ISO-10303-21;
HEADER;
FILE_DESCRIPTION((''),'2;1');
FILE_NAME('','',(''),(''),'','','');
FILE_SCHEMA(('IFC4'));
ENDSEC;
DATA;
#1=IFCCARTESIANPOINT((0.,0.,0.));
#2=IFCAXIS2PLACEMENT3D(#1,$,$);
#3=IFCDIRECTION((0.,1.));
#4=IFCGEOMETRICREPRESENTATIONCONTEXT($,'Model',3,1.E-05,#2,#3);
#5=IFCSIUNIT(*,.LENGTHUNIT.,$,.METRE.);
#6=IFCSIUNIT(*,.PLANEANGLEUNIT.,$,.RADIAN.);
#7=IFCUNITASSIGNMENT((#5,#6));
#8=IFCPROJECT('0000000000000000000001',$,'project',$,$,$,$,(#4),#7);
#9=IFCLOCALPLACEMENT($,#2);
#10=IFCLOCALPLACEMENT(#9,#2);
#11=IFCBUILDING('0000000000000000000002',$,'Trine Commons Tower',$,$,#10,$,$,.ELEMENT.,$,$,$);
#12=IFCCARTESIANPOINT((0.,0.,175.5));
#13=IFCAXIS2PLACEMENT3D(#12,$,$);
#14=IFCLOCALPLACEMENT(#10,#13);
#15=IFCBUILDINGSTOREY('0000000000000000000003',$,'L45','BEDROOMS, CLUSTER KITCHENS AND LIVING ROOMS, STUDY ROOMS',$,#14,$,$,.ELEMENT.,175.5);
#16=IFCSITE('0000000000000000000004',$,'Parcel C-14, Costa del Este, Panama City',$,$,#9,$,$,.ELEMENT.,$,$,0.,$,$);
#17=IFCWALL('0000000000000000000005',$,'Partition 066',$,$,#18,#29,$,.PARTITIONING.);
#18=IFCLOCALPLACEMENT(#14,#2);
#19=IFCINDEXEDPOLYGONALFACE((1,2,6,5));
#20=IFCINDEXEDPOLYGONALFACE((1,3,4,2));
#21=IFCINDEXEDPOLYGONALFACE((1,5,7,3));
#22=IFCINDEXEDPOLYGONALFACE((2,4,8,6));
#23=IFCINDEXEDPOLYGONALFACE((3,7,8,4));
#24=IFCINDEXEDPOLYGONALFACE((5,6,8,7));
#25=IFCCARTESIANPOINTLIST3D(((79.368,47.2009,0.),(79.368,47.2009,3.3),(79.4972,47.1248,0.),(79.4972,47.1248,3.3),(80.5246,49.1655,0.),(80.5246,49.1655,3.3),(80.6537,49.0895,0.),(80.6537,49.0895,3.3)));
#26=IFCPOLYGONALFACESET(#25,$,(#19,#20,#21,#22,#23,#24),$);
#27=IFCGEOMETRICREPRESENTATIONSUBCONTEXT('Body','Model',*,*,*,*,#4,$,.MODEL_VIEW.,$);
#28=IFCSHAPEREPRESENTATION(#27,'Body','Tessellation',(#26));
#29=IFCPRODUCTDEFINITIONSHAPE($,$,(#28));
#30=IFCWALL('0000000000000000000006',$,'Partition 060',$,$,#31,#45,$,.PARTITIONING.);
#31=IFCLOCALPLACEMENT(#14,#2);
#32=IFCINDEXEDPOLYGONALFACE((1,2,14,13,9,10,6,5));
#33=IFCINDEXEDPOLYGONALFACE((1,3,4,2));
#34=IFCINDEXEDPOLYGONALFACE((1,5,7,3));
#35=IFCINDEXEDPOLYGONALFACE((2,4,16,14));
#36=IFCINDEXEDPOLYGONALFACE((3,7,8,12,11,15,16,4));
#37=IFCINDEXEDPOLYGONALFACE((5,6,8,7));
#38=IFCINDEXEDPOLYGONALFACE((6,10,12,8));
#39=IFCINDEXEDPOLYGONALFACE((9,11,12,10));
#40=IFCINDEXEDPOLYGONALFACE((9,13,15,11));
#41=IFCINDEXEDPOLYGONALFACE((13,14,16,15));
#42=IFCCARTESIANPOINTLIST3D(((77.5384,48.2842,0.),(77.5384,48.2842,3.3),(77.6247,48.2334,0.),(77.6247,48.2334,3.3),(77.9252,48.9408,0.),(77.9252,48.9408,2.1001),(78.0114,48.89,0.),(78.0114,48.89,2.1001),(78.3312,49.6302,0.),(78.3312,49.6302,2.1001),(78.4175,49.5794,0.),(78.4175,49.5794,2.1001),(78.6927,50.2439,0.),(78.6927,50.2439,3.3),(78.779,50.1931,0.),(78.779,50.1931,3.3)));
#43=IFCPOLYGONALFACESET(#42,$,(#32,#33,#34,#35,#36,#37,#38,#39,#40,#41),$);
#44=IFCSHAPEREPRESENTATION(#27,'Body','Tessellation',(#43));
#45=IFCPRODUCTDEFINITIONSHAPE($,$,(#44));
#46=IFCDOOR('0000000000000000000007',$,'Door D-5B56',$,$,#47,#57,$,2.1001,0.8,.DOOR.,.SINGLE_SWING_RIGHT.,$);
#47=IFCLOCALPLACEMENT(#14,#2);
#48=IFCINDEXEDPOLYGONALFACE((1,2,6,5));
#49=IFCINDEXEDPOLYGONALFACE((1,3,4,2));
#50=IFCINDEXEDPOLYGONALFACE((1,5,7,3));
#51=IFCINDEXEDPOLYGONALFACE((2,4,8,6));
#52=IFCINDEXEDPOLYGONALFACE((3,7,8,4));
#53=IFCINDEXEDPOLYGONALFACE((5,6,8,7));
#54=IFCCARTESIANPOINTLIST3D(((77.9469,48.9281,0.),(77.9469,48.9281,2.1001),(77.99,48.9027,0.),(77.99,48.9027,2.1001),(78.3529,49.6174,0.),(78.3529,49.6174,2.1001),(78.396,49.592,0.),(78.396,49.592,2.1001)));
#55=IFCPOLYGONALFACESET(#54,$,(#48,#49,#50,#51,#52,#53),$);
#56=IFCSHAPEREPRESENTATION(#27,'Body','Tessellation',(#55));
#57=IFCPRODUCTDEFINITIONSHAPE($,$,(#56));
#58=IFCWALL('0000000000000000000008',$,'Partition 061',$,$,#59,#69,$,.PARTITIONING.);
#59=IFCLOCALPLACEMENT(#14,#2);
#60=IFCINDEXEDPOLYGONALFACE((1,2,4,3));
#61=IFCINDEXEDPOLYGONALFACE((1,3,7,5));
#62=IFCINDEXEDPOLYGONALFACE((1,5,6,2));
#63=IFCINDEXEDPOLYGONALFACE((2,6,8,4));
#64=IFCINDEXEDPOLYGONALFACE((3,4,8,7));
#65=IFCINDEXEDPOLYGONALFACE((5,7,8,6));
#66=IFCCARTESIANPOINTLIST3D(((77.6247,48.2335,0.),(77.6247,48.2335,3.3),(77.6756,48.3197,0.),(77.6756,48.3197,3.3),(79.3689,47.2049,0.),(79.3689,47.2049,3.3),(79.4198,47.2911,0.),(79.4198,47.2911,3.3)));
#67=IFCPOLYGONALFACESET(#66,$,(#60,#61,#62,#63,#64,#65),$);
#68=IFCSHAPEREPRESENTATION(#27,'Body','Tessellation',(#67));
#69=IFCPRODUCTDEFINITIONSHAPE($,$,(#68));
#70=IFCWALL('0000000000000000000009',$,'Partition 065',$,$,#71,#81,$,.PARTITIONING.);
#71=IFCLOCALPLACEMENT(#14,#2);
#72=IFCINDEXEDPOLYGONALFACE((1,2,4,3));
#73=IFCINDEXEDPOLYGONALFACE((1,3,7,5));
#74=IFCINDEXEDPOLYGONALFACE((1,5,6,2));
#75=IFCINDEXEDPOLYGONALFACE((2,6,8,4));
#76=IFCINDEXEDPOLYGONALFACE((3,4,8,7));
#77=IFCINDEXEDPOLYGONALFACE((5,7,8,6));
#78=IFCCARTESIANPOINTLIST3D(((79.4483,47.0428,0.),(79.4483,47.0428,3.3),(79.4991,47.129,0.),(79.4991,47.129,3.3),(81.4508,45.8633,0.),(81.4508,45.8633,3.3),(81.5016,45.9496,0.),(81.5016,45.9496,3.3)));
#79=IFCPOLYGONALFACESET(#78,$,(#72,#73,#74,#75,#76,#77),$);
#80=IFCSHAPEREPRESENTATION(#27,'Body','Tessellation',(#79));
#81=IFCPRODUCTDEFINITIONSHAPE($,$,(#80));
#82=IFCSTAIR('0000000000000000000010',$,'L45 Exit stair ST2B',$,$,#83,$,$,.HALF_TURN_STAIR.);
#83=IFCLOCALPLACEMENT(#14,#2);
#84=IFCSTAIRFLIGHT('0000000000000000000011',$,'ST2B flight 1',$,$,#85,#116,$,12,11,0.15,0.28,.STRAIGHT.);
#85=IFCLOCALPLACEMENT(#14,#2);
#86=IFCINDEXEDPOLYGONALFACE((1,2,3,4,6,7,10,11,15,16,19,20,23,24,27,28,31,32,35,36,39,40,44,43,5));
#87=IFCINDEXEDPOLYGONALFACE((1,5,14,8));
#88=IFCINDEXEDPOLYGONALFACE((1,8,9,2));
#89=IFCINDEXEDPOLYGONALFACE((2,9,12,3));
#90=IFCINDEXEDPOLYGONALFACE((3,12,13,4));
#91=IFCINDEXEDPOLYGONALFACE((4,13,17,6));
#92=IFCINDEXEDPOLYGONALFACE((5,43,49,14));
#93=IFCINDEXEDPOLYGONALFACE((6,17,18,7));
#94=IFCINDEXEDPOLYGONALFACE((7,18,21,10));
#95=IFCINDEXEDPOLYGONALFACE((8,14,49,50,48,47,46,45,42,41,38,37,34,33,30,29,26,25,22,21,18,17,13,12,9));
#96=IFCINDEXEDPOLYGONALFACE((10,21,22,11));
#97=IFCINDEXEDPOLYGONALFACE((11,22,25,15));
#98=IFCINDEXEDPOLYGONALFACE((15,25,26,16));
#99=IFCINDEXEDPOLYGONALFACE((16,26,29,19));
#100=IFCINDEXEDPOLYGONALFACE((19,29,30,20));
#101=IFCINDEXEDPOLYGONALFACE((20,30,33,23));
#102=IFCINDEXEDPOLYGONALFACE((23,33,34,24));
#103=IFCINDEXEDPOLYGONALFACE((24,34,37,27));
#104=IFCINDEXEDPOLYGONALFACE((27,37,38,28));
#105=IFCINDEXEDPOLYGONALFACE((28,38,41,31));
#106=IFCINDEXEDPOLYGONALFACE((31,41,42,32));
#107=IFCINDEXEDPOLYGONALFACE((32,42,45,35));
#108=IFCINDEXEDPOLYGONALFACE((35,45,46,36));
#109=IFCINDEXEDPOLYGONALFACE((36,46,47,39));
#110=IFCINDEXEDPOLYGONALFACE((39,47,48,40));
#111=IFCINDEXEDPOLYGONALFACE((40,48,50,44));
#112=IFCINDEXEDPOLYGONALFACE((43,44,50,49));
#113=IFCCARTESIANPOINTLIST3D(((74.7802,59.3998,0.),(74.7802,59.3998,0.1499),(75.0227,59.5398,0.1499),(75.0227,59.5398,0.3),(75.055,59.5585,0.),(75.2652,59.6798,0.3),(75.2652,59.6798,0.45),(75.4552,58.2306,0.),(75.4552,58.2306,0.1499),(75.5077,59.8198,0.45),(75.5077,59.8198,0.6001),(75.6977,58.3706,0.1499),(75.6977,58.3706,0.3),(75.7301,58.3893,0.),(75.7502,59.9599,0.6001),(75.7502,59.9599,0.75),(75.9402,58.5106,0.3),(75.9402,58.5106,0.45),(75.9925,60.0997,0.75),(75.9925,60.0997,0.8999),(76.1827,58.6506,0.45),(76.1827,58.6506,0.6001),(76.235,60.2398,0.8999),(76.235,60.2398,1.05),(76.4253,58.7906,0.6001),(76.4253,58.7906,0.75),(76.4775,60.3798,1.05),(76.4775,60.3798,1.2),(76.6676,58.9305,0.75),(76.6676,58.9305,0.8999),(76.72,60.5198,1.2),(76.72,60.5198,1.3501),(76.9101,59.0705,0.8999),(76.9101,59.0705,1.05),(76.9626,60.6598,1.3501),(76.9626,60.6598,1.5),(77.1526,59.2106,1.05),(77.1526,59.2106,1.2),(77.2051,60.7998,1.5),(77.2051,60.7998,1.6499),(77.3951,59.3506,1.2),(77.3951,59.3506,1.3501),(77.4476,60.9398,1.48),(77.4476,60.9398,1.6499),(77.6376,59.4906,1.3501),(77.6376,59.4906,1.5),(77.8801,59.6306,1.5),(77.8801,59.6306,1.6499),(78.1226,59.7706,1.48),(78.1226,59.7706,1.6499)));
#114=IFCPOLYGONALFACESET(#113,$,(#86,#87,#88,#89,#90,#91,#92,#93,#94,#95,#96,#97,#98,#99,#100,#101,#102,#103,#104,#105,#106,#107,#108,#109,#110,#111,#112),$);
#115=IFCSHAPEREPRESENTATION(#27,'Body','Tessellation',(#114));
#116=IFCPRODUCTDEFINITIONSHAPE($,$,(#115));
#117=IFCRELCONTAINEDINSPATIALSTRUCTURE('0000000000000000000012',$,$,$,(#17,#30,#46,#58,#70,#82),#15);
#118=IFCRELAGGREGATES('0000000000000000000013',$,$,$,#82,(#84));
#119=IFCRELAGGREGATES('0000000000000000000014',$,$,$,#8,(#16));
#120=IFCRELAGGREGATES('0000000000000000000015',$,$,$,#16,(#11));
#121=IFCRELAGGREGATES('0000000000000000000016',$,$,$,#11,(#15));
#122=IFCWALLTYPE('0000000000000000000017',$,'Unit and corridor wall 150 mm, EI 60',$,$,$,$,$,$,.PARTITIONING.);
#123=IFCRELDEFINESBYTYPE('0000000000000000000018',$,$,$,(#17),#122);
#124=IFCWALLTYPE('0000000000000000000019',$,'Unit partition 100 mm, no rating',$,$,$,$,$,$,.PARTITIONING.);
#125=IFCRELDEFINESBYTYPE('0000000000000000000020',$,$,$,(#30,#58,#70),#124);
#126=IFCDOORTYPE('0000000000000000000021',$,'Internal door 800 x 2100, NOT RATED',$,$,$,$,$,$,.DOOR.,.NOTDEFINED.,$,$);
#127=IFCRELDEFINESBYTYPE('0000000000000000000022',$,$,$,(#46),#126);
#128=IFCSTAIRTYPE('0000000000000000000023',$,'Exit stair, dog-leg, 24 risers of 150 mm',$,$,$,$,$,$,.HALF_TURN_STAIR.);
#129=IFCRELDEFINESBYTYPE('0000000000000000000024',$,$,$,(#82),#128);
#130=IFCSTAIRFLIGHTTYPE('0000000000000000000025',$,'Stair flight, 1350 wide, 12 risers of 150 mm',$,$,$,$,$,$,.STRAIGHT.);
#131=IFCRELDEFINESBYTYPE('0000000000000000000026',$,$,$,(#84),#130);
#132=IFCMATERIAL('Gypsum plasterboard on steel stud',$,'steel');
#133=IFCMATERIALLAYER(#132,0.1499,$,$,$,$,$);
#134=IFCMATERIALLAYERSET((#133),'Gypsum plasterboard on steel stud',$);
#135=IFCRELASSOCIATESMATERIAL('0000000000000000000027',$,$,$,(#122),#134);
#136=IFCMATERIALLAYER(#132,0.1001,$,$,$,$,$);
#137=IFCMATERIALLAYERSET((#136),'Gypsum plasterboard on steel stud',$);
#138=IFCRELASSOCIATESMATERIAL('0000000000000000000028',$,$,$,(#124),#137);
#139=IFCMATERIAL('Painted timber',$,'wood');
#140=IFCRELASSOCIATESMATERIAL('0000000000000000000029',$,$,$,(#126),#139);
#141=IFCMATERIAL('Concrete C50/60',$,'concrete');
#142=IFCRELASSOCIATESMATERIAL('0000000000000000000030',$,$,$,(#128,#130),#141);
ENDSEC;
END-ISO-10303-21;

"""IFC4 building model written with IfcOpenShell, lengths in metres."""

from ifc_helpers import new_model, si_unit, direction, frame, frame_2d, origin, place, context, subcontext, project, spatial, polyline, rectangle, outline, extrude, material, layer, layer_set, type_object, element, fill, aggregate, save


model = new_model("IFC4")

# Units and contexts
model_context = context("Model", 3, precision=1e-05, world=origin(), true_north=direction((0.0, 1.0)))
body_context = subcontext(model_context, "Body", "Model", "MODEL_VIEW")
ifc_project = project(units=[si_unit("LENGTHUNIT", "METRE"), si_unit("PLANEANGLEUNIT", "RADIAN")], contexts=[model_context])

# Site, building, storey
site_placement = place(None, origin())
site = spatial("IfcSite", under=ifc_project, at=site_placement, Name="Parcel C-14, Costa del Este, Panama City", CompositionType="ELEMENT", RefElevation=0.0)
building_placement = place(site_placement, origin())
building = spatial("IfcBuilding", under=site, at=building_placement, Name="Trine Commons Tower", CompositionType="ELEMENT")
storey_placement = place(building_placement, frame((0.0, 0.0, 175.5)))
storey = spatial("IfcBuildingStorey", under=building, at=storey_placement, Name="L45", Description="BEDROOMS, CLUSTER KITCHENS AND LIVING ROOMS, STUDY ROOMS", CompositionType="ELEMENT", Elevation=175.5)

# Shared definitions
ifc_material_1 = material(Name="Gypsum plasterboard on steel stud", Category="steel")
ifc_layer_1 = layer(ifc_material_1, 0.1499)
ifc_layer_set_1 = layer_set([ifc_layer_1], Name="Gypsum plasterboard on steel stud")
wall_type_1 = type_object("IfcWallType", Name="Unit and corridor wall 150 mm, EI 60", PredefinedType="PARTITIONING", material=ifc_layer_set_1)
ifc_material_2 = material(Name="Painted timber", Category="wood")

# Wall
wall_1_placement = place(storey_placement, frame((79.4326, 47.1628, 0.0), z_axis=(0.0, 0.0, 1.0), x_axis=(0.507296, 0.861772, 0.0)))
element("IfcWall", 1, at=wall_1_placement, inside=storey, type_object=wall_type_1, Name="Partition 066", PredefinedType="PARTITIONING", context=body_context, shape_type="SweptSolid", body=[
    extrude(rectangle(XDim=2.2798, YDim=0.1499, at=frame_2d((1.1399, 0.0))), origin(), (0.0, 0.0, 1.0), 3.3),
])

# Wall, opening, door
ifc_layer_2 = layer(ifc_material_1, 0.1001)
ifc_layer_set_2 = layer_set([ifc_layer_2], Name="Gypsum plasterboard on steel stud")
wall_type_2 = type_object("IfcWallType", Name="Unit partition 100 mm, no rating", PredefinedType="PARTITIONING", material=ifc_layer_set_2)
wall_2_placement = place(storey_placement, frame((77.5815, 48.2588, 0.0), z_axis=(0.0, 0.0, 1.0), x_axis=(0.507517, 0.861642, 0.0)))
wall_2 = element("IfcWall", 2, at=wall_2_placement, inside=storey, type_object=wall_type_2, Name="Partition 060", PredefinedType="PARTITIONING", context=body_context, shape_type="SweptSolid", body=[
    extrude(rectangle(XDim=2.2744, YDim=0.1001, at=frame_2d((1.1372, 0.0))), origin(), (0.0, 0.0, 1.0), 3.3),
])
opening_1_placement = place(wall_2_placement, frame((0.7622, 0.0, 0.0)))
opening_1 = element("IfcOpeningElement", 3, at=opening_1_placement, cuts=wall_2, PredefinedType="OPENING", context=body_context, shape_type="SweptSolid", body=[
    extrude(rectangle(XDim=0.8, YDim=2.1001, at=frame_2d((0.3999, 1.05))), frame((0.0, 0.0601, 0.0), z_axis=(0.0, -1.0, 0.0), x_axis=(1.0, 0.0, 0.0)), (0.0, 0.0, 1.0), 0.1201),
])
door_type_1 = type_object("IfcDoorType", Name="Internal door 800 x 2100, NOT RATED", OperationType="NOTDEFINED", PredefinedType="DOOR", material=ifc_material_2)
door_1_placement = place(opening_1_placement, origin())
door_1 = element("IfcDoor", 4, at=door_1_placement, inside=storey, type_object=door_type_1, Name="Door D-5B56", OperationType="SINGLE_SWING_RIGHT", OverallHeight=2.1001, OverallWidth=0.8, PredefinedType="DOOR", context=body_context, shape_type="SweptSolid", body=[
    extrude(rectangle(XDim=0.8, YDim=2.1001, at=frame_2d((0.3999, 1.05))), frame((0.0, 0.0249, 0.0), z_axis=(0.0, -1.0, 0.0), x_axis=(1.0, 0.0, 0.0)), (0.0, 0.0, 1.0), 0.05),
])
fill(opening_1, door_1)

# Walls
wall_3_placement = place(storey_placement, frame((77.6501, 48.2766, 0.0), z_axis=(0.0, 0.0, 1.0), x_axis=(0.861373, -0.507974, 0.0)))
element("IfcWall", 5, at=wall_3_placement, inside=storey, type_object=wall_type_2, Name="Partition 061", PredefinedType="PARTITIONING", context=body_context, shape_type="SweptSolid", body=[
    extrude(rectangle(XDim=2.0249, YDim=0.1001, at=frame_2d((1.0125, 0.0))), origin(), (0.0, 0.0, 1.0), 3.3),
])
wall_4_placement = place(storey_placement, frame((79.4736, 47.0859, 0.0), z_axis=(0.0, 0.0, 1.0), x_axis=(0.861645, -0.507511, 0.0)))
element("IfcWall", 6, at=wall_4_placement, inside=storey, type_object=wall_type_2, Name="Partition 065", PredefinedType="PARTITIONING", context=body_context, shape_type="SweptSolid", body=[
    extrude(rectangle(XDim=2.324, YDim=0.1001, at=frame_2d((1.1621, 0.0))), origin(), (0.0, 0.0, 1.0), 3.3),
])

# Stair, stair flight
ifc_material_3 = material(Name="Concrete C50/60", Category="concrete")
stair_type = type_object("IfcStairType", Name="Exit stair, dog-leg, 24 risers of 150 mm", PredefinedType="HALF_TURN_STAIR", material=ifc_material_3)
stair_placement = place(storey_placement, origin())
stair = element("IfcStair", 7, at=stair_placement, inside=storey, type_object=stair_type, Name="L45 Exit stair ST2B", PredefinedType="HALF_TURN_STAIR")
stair_flight_type = type_object("IfcStairFlightType", Name="Stair flight, 1350 wide, 12 risers of 150 mm", PredefinedType="STRAIGHT", material=ifc_material_3)
stair_flight_placement = place(storey_placement, frame((75.1177, 58.8152, 0.0), z_axis=(0.0, 0.0, 1.0), x_axis=(0.866025, 0.5, 0.0)))
stair_flight = element("IfcStairFlight", 8, at=stair_flight_placement, type_object=stair_flight_type, Name="ST2B flight 1", NumberOfRisers=12, NumberOfTreads=11, PredefinedType="STRAIGHT", RiserHeight=0.15, TreadLength=0.28, context=body_context, shape_type="SweptSolid", body=[
    extrude(outline(polyline([(0.0, 0.0), (0.0, 0.1499), (0.28, 0.1499), (0.28, 0.3), (0.5601, 0.3), (0.5601, 0.45), (0.8401, 0.45), (0.8401, 0.6001), (1.1201, 0.6001), (1.1201, 0.75), (1.3999, 0.75), (1.3999, 0.8999), (1.6799, 0.8999), (1.6799, 1.05), (1.96, 1.05), (1.96, 1.2), (2.24, 1.2), (2.24, 1.3501), (2.52, 1.3501), (2.52, 1.5), (2.8, 1.5), (2.8, 1.6499), (3.0801, 1.6499), (3.0801, 1.8), (3.0801, 1.48), (0.3174, 0.0), (0.0, 0.0)])), frame((0.0, 0.675, 0.0), z_axis=(0.0, -1.0, 0.0), x_axis=(1.0, 0.0, 0.0)), (0.0, 0.0, 1.0), 1.3501),
])
aggregate(stair, [stair_flight])

save(model, "model.ifc")
